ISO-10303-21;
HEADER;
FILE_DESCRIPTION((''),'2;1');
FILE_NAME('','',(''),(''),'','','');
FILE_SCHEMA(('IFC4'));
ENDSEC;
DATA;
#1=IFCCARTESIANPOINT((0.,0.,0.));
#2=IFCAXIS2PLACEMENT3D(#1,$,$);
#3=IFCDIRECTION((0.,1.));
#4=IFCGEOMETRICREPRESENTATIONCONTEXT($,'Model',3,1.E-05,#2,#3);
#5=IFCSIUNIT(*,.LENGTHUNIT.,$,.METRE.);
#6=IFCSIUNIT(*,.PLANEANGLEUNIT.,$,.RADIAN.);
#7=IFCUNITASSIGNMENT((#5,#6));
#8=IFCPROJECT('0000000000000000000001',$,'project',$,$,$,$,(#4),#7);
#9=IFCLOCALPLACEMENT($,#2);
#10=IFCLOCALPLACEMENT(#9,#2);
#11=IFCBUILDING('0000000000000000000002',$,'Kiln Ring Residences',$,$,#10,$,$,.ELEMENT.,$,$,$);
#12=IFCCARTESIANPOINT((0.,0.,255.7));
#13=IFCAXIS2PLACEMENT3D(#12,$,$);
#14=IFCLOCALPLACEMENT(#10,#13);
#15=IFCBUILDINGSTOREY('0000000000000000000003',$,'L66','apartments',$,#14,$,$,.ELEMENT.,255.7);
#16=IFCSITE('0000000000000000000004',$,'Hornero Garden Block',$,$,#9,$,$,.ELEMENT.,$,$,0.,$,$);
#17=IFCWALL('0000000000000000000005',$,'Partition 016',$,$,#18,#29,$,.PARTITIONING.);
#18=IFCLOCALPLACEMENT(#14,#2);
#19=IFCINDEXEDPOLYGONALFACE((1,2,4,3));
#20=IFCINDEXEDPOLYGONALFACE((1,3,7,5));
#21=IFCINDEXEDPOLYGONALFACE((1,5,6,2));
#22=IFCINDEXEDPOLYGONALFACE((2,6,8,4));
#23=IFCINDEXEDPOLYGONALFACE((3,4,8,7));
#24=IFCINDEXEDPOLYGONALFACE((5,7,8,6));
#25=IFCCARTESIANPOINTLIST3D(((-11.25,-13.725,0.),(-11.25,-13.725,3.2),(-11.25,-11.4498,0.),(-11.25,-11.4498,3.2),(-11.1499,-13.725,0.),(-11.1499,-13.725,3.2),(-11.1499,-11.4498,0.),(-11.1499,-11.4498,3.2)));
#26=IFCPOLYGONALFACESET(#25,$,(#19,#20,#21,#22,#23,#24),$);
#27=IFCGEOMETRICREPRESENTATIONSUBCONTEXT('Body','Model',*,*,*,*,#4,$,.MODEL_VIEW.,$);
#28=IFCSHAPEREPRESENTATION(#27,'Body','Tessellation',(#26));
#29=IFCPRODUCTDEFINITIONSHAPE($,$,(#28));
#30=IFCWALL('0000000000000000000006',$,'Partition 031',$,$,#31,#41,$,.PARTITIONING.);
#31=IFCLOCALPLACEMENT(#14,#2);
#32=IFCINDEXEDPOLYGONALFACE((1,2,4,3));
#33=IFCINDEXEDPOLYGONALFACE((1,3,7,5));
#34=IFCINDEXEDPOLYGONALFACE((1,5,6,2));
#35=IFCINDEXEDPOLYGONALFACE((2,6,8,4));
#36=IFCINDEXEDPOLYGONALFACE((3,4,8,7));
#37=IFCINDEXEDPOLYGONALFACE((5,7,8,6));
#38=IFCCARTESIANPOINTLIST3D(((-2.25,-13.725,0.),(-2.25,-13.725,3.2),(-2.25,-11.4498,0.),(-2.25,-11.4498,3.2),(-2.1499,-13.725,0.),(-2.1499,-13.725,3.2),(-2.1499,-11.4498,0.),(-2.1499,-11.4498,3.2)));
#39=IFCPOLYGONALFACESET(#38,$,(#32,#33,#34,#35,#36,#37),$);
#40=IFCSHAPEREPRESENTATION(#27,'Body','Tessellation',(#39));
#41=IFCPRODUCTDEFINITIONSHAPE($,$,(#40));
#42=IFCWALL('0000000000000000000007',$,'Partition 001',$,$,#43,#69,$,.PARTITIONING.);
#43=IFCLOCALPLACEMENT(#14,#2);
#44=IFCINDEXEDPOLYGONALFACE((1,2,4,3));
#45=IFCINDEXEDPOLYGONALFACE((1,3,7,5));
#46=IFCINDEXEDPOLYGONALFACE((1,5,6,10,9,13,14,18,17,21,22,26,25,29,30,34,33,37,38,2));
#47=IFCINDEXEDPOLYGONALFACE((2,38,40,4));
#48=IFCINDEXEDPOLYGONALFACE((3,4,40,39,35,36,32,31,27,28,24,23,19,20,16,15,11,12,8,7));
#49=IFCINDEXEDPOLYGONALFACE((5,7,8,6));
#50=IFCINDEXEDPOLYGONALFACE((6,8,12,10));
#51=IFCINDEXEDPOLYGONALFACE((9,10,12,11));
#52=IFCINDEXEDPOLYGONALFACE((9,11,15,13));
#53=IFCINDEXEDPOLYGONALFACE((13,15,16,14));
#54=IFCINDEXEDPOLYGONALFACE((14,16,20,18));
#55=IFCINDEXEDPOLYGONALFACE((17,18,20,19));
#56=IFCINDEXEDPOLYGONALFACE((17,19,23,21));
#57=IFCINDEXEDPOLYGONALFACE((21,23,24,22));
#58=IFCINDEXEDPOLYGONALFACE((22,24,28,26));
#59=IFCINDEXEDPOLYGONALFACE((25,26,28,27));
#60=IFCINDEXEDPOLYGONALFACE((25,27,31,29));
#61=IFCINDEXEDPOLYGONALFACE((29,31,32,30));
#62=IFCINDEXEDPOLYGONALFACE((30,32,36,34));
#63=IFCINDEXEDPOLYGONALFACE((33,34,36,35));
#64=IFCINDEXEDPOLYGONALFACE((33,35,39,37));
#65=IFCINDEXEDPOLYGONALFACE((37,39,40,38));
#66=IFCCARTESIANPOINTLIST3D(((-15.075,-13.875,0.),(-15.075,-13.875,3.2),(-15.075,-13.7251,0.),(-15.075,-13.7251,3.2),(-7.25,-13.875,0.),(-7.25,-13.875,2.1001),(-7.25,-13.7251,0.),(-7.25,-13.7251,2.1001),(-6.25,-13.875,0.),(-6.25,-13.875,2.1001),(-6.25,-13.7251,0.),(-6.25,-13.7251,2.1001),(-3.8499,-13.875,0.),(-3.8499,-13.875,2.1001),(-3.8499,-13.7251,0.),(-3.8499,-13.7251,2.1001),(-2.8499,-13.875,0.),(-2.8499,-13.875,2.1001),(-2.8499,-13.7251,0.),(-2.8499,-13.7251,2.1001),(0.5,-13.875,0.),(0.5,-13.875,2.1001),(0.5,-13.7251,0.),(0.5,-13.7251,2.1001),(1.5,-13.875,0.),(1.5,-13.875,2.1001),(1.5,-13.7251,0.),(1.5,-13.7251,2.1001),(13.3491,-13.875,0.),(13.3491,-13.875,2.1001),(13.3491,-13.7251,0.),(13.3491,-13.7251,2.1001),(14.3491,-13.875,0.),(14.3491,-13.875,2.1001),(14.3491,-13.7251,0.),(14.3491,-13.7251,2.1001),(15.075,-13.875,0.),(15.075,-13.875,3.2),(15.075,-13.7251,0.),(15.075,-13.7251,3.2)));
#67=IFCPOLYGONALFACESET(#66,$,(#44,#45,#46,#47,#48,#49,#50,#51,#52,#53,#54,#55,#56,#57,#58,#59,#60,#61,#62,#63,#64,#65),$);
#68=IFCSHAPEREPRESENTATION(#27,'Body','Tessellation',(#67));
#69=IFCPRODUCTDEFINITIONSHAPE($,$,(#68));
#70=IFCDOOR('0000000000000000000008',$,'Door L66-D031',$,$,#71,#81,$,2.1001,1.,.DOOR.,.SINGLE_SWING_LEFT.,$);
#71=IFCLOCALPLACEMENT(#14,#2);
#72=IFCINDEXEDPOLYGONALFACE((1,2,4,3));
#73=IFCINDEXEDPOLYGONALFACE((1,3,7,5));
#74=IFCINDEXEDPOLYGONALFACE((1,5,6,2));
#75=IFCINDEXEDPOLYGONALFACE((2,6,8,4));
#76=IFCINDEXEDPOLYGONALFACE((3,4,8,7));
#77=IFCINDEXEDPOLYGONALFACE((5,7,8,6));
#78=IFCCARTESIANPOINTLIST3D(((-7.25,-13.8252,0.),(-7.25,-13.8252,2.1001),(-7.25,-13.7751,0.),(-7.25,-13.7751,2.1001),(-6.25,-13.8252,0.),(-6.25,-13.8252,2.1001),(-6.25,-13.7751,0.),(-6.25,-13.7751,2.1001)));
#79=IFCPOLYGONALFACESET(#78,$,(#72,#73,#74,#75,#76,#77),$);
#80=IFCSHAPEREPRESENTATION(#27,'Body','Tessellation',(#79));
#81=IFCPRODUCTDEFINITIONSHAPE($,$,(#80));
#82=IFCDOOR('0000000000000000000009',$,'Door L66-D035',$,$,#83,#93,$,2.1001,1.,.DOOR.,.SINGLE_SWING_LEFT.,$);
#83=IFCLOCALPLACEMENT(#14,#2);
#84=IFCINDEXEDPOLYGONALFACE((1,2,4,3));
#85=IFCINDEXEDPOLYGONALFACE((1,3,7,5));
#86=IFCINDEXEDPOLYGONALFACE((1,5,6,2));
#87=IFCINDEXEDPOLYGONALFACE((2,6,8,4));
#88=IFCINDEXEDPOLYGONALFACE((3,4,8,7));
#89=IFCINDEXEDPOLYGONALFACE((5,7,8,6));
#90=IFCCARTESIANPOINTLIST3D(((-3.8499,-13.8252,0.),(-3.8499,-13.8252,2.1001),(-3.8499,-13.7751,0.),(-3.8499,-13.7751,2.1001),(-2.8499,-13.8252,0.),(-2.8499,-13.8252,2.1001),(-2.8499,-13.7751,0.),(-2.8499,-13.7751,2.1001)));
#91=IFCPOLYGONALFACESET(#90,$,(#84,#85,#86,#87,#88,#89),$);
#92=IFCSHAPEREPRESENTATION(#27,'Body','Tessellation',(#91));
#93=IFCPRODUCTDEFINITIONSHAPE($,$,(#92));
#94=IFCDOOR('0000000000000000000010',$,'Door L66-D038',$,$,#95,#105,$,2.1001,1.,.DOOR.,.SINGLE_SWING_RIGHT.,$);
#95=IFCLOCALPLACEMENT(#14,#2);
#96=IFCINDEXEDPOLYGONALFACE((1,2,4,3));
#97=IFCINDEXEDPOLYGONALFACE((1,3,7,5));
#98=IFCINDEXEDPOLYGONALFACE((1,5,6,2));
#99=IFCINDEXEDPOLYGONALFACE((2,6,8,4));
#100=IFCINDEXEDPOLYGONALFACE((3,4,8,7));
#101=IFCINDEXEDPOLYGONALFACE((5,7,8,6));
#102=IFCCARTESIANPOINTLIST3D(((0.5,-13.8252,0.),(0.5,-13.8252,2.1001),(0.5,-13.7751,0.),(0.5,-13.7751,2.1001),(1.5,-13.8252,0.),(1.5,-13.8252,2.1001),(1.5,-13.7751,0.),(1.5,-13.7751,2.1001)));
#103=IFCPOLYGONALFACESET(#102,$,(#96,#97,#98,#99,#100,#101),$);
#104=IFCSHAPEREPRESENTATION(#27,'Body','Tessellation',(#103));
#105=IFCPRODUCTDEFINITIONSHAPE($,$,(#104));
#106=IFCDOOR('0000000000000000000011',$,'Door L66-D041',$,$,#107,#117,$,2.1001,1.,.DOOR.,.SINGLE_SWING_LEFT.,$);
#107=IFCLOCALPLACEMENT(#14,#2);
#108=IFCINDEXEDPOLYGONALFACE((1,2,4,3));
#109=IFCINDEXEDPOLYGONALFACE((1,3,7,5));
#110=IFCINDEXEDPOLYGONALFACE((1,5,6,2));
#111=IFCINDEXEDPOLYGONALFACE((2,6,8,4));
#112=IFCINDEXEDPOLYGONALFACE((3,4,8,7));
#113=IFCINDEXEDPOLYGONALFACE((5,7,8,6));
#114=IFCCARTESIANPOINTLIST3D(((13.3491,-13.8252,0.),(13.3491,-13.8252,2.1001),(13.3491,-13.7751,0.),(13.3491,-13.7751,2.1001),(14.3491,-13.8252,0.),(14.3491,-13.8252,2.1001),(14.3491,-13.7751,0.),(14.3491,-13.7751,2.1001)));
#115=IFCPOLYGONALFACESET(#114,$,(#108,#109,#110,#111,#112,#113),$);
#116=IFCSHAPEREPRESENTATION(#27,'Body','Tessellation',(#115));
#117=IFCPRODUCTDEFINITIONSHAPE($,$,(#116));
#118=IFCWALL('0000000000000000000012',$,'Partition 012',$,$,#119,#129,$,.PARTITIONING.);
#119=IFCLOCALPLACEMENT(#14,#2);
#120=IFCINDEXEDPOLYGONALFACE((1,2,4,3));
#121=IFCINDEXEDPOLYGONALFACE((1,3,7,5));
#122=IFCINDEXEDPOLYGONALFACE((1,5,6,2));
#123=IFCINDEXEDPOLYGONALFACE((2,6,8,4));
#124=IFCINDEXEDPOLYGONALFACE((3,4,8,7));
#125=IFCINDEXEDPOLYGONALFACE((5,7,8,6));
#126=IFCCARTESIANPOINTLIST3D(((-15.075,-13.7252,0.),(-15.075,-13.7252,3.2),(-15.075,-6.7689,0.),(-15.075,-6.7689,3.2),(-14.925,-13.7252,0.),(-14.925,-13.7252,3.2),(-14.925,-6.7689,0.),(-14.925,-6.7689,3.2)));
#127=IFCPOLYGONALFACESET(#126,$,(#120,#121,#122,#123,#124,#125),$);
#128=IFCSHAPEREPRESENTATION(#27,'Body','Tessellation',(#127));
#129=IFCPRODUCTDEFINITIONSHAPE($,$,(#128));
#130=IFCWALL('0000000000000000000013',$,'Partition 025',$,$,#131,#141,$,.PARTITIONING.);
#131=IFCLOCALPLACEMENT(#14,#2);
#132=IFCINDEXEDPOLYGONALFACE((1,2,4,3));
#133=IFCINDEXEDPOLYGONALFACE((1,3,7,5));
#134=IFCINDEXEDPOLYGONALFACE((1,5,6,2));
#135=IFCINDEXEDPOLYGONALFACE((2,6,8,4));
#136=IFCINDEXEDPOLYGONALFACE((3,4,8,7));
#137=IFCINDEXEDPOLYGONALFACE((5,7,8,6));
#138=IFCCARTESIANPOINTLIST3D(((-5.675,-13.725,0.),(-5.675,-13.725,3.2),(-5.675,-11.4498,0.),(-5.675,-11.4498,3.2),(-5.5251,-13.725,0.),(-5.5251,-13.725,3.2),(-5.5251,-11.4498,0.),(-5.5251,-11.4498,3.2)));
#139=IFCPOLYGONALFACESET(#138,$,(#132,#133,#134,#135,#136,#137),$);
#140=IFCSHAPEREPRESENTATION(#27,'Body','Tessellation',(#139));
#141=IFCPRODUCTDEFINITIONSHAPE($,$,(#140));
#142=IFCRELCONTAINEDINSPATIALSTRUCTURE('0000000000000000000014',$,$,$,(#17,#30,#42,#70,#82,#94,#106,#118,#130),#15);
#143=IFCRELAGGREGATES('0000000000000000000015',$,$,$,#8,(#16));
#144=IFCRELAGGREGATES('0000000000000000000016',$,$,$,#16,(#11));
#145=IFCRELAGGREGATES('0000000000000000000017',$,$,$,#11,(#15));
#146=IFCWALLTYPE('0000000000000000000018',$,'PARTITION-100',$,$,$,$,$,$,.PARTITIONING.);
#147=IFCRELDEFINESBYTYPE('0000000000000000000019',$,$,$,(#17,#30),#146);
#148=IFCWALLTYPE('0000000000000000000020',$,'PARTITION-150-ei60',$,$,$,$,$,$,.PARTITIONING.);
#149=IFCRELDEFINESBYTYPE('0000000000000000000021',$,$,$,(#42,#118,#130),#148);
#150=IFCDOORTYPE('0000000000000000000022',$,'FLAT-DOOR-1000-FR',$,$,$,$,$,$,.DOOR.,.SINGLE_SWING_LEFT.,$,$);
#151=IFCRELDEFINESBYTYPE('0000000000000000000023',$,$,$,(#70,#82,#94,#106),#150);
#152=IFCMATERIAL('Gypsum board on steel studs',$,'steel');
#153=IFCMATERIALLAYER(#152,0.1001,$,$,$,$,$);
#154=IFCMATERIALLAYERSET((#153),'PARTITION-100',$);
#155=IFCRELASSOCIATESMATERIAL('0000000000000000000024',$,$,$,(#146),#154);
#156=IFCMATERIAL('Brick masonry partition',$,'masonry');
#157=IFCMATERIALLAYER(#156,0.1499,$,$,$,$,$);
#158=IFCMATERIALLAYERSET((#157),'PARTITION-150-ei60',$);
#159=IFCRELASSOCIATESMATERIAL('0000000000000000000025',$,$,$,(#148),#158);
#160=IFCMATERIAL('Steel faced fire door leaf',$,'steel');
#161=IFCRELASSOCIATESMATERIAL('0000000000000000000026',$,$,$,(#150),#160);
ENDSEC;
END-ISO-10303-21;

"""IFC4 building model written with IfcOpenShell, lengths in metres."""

from ifc_helpers import new_model, si_unit, direction, frame, frame_2d, origin, place, context, subcontext, project, spatial, rectangle, extrude, material, layer, layer_set, type_object, element, fill, save


model = new_model("IFC4")

# Units and contexts
model_context = context("Model", 3, precision=1e-05, world=origin(), true_north=direction((0.0, 1.0)))
body_context = subcontext(model_context, "Body", "Model", "MODEL_VIEW")
ifc_project = project(units=[si_unit("LENGTHUNIT", "METRE"), si_unit("PLANEANGLEUNIT", "RADIAN")], contexts=[model_context])

# Site, building, storey
site_placement = place(None, origin())
site = spatial("IfcSite", under=ifc_project, at=site_placement, Name="Hornero Garden Block", CompositionType="ELEMENT", RefElevation=0.0)
building_placement = place(site_placement, origin())
building = spatial("IfcBuilding", under=site, at=building_placement, Name="Kiln Ring Residences", CompositionType="ELEMENT")
storey_placement = place(building_placement, frame((0.0, 0.0, 255.7)))
storey = spatial("IfcBuildingStorey", under=building, at=storey_placement, Name="L66", Description="apartments", CompositionType="ELEMENT", Elevation=255.7)

# Shared definitions
ifc_material_1 = material(Name="Gypsum board on steel studs", Category="steel")
ifc_layer_1 = layer(ifc_material_1, 0.1001)
ifc_layer_set_1 = layer_set([ifc_layer_1], Name="PARTITION-100")
wall_type_1 = type_object("IfcWallType", Name="PARTITION-100", PredefinedType="PARTITIONING", material=ifc_layer_set_1)

# Walls
for number, where, z_axis, x_axis, name in (
    (1, (-11.2, -13.7251, 0.0), (0.0, 0.0, 1.0), (0.0, 1.0, 0.0), "Partition 016"),
    (2, (-2.2, -13.7251, 0.0), (0.0, 0.0, 1.0), (0.0, 1.0, 0.0), "Partition 031"),
):
    element("IfcWall", number, at=place(storey_placement, frame(where, z_axis=z_axis, x_axis=x_axis)), inside=storey, type_object=wall_type_1, Name=name, PredefinedType="PARTITIONING", context=body_context, shape_type="SweptSolid", body=[
        extrude(rectangle(XDim=2.2751, YDim=0.1001, at=frame_2d((1.1377, 0.0))), origin(), (0.0, 0.0, 1.0), 3.2),
    ])

# Wall, openings, doors
ifc_material_2 = material(Name="Brick masonry partition", Category="masonry")
ifc_layer_2 = layer(ifc_material_2, 0.1499)
ifc_layer_set_2 = layer_set([ifc_layer_2], Name="PARTITION-150-ei60")
wall_type_2 = type_object("IfcWallType", Name="PARTITION-150-ei60", PredefinedType="PARTITIONING", material=ifc_layer_set_2)
wall_1_placement = place(storey_placement, frame((-15.075, -13.8, 0.0), z_axis=(0.0, 0.0, 1.0), x_axis=(1.0, 0.0, 0.0)))
wall_1 = element("IfcWall", 3, at=wall_1_placement, inside=storey, type_object=wall_type_2, Name="Partition 001", PredefinedType="PARTITIONING", context=body_context, shape_type="SweptSolid", body=[
    extrude(rectangle(XDim=30.1499, YDim=0.1499, at=frame_2d((15.075, 0.0))), origin(), (0.0, 0.0, 1.0), 3.2),
])
opening_1_placement = place(wall_1_placement, frame((7.825, 0.0, 0.0)))
opening_1 = element("IfcOpeningElement", 4, at=opening_1_placement, cuts=wall_1, PredefinedType="OPENING", context=body_context, shape_type="SweptSolid", body=[
    extrude(rectangle(XDim=1.0, YDim=2.1001, at=frame_2d((0.5, 1.05))), frame((0.0, 0.085, 0.0), z_axis=(0.0, -1.0, 0.0), x_axis=(1.0, 0.0, 0.0)), (0.0, 0.0, 1.0), 0.1699),
])
opening_2_placement = place(wall_1_placement, frame((11.2251, 0.0, 0.0)))
opening_2 = element("IfcOpeningElement", 5, at=opening_2_placement, cuts=wall_1, PredefinedType="OPENING", context=body_context, shape_type="SweptSolid", body=[
    extrude(rectangle(XDim=1.0, YDim=2.1001, at=frame_2d((0.5, 1.05))), frame((0.0, 0.085, 0.0), z_axis=(0.0, -1.0, 0.0), x_axis=(1.0, 0.0, 0.0)), (0.0, 0.0, 1.0), 0.1699),
])
opening_3_placement = place(wall_1_placement, frame((15.575, 0.0, 0.0)))
opening_3 = element("IfcOpeningElement", 6, at=opening_3_placement, cuts=wall_1, PredefinedType="OPENING", context=body_context, shape_type="SweptSolid", body=[
    extrude(rectangle(XDim=1.0, YDim=2.1001, at=frame_2d((0.5, 1.05))), frame((0.0, 0.085, 0.0), z_axis=(0.0, -1.0, 0.0), x_axis=(1.0, 0.0, 0.0)), (0.0, 0.0, 1.0), 0.1699),
])
opening_4_placement = place(wall_1_placement, frame((28.4241, 0.0, 0.0)))
opening_4 = element("IfcOpeningElement", 7, at=opening_4_placement, cuts=wall_1, PredefinedType="OPENING", context=body_context, shape_type="SweptSolid", body=[
    extrude(rectangle(XDim=1.0, YDim=2.1001, at=frame_2d((0.5, 1.05))), frame((0.0, 0.085, 0.0), z_axis=(0.0, -1.0, 0.0), x_axis=(1.0, 0.0, 0.0)), (0.0, 0.0, 1.0), 0.1699),
])
ifc_material_3 = material(Name="Steel faced fire door leaf", Category="steel")
door_type_1 = type_object("IfcDoorType", Name="FLAT-DOOR-1000-FR", OperationType="SINGLE_SWING_LEFT", PredefinedType="DOOR", material=ifc_material_3)
door_1_placement = place(opening_1_placement, origin())
door_1 = element("IfcDoor", 8, at=door_1_placement, inside=storey, type_object=door_type_1, Name="Door L66-D031", OperationType="SINGLE_SWING_LEFT", OverallHeight=2.1001, OverallWidth=1.0, PredefinedType="DOOR", context=body_context, shape_type="SweptSolid", body=[
    extrude(rectangle(XDim=1.0, YDim=2.1001, at=frame_2d((0.5, 1.05))), frame((0.0, 0.0249, 0.0), z_axis=(0.0, -1.0, 0.0), x_axis=(1.0, 0.0, 0.0)), (0.0, 0.0, 1.0), 0.05),
])
fill(opening_1, door_1)
door_2_placement = place(opening_2_placement, origin())
door_2 = element("IfcDoor", 9, at=door_2_placement, inside=storey, type_object=door_type_1, Name="Door L66-D035", OperationType="SINGLE_SWING_LEFT", OverallHeight=2.1001, OverallWidth=1.0, PredefinedType="DOOR", context=body_context, shape_type="SweptSolid", body=[
    extrude(rectangle(XDim=1.0, YDim=2.1001, at=frame_2d((0.5, 1.05))), frame((0.0, 0.0249, 0.0), z_axis=(0.0, -1.0, 0.0), x_axis=(1.0, 0.0, 0.0)), (0.0, 0.0, 1.0), 0.05),
])
fill(opening_2, door_2)
door_3_placement = place(opening_3_placement, origin())
door_3 = element("IfcDoor", 10, at=door_3_placement, inside=storey, type_object=door_type_1, Name="Door L66-D038", OperationType="SINGLE_SWING_RIGHT", OverallHeight=2.1001, OverallWidth=1.0, PredefinedType="DOOR", context=body_context, shape_type="SweptSolid", body=[
    extrude(rectangle(XDim=1.0, YDim=2.1001, at=frame_2d((0.5, 1.05))), frame((0.0, 0.0249, 0.0), z_axis=(0.0, -1.0, 0.0), x_axis=(1.0, 0.0, 0.0)), (0.0, 0.0, 1.0), 0.05),
])
fill(opening_3, door_3)
door_4_placement = place(opening_4_placement, origin())
door_4 = element("IfcDoor", 11, at=door_4_placement, inside=storey, type_object=door_type_1, Name="Door L66-D041", OperationType="SINGLE_SWING_LEFT", OverallHeight=2.1001, OverallWidth=1.0, PredefinedType="DOOR", context=body_context, shape_type="SweptSolid", body=[
    extrude(rectangle(XDim=1.0, YDim=2.1001, at=frame_2d((0.5, 1.05))), frame((0.0, 0.0249, 0.0), z_axis=(0.0, -1.0, 0.0), x_axis=(1.0, 0.0, 0.0)), (0.0, 0.0, 1.0), 0.05),
])
fill(opening_4, door_4)

# Walls
wall_2_placement = place(storey_placement, frame((-15.0, -13.7251, 0.0), z_axis=(0.0, 0.0, 1.0), x_axis=(0.0, 1.0, 0.0)))
element("IfcWall", 12, at=wall_2_placement, inside=storey, type_object=wall_type_2, Name="Partition 012", PredefinedType="PARTITIONING", context=body_context, shape_type="SweptSolid", body=[
    extrude(rectangle(XDim=6.9563, YDim=0.1499, at=frame_2d((3.478, 0.0))), origin(), (0.0, 0.0, 1.0), 3.2),
])
wall_3_placement = place(storey_placement, frame((-5.6001, -13.7251, 0.0), z_axis=(0.0, 0.0, 1.0), x_axis=(0.0, 1.0, 0.0)))
element("IfcWall", 13, at=wall_3_placement, inside=storey, type_object=wall_type_2, Name="Partition 025", PredefinedType="PARTITIONING", context=body_context, shape_type="SweptSolid", body=[
    extrude(rectangle(XDim=2.2751, YDim=0.1499, at=frame_2d((1.1377, 0.0))), origin(), (0.0, 0.0, 1.0), 3.2),
])

save(model, "model.ifc")
